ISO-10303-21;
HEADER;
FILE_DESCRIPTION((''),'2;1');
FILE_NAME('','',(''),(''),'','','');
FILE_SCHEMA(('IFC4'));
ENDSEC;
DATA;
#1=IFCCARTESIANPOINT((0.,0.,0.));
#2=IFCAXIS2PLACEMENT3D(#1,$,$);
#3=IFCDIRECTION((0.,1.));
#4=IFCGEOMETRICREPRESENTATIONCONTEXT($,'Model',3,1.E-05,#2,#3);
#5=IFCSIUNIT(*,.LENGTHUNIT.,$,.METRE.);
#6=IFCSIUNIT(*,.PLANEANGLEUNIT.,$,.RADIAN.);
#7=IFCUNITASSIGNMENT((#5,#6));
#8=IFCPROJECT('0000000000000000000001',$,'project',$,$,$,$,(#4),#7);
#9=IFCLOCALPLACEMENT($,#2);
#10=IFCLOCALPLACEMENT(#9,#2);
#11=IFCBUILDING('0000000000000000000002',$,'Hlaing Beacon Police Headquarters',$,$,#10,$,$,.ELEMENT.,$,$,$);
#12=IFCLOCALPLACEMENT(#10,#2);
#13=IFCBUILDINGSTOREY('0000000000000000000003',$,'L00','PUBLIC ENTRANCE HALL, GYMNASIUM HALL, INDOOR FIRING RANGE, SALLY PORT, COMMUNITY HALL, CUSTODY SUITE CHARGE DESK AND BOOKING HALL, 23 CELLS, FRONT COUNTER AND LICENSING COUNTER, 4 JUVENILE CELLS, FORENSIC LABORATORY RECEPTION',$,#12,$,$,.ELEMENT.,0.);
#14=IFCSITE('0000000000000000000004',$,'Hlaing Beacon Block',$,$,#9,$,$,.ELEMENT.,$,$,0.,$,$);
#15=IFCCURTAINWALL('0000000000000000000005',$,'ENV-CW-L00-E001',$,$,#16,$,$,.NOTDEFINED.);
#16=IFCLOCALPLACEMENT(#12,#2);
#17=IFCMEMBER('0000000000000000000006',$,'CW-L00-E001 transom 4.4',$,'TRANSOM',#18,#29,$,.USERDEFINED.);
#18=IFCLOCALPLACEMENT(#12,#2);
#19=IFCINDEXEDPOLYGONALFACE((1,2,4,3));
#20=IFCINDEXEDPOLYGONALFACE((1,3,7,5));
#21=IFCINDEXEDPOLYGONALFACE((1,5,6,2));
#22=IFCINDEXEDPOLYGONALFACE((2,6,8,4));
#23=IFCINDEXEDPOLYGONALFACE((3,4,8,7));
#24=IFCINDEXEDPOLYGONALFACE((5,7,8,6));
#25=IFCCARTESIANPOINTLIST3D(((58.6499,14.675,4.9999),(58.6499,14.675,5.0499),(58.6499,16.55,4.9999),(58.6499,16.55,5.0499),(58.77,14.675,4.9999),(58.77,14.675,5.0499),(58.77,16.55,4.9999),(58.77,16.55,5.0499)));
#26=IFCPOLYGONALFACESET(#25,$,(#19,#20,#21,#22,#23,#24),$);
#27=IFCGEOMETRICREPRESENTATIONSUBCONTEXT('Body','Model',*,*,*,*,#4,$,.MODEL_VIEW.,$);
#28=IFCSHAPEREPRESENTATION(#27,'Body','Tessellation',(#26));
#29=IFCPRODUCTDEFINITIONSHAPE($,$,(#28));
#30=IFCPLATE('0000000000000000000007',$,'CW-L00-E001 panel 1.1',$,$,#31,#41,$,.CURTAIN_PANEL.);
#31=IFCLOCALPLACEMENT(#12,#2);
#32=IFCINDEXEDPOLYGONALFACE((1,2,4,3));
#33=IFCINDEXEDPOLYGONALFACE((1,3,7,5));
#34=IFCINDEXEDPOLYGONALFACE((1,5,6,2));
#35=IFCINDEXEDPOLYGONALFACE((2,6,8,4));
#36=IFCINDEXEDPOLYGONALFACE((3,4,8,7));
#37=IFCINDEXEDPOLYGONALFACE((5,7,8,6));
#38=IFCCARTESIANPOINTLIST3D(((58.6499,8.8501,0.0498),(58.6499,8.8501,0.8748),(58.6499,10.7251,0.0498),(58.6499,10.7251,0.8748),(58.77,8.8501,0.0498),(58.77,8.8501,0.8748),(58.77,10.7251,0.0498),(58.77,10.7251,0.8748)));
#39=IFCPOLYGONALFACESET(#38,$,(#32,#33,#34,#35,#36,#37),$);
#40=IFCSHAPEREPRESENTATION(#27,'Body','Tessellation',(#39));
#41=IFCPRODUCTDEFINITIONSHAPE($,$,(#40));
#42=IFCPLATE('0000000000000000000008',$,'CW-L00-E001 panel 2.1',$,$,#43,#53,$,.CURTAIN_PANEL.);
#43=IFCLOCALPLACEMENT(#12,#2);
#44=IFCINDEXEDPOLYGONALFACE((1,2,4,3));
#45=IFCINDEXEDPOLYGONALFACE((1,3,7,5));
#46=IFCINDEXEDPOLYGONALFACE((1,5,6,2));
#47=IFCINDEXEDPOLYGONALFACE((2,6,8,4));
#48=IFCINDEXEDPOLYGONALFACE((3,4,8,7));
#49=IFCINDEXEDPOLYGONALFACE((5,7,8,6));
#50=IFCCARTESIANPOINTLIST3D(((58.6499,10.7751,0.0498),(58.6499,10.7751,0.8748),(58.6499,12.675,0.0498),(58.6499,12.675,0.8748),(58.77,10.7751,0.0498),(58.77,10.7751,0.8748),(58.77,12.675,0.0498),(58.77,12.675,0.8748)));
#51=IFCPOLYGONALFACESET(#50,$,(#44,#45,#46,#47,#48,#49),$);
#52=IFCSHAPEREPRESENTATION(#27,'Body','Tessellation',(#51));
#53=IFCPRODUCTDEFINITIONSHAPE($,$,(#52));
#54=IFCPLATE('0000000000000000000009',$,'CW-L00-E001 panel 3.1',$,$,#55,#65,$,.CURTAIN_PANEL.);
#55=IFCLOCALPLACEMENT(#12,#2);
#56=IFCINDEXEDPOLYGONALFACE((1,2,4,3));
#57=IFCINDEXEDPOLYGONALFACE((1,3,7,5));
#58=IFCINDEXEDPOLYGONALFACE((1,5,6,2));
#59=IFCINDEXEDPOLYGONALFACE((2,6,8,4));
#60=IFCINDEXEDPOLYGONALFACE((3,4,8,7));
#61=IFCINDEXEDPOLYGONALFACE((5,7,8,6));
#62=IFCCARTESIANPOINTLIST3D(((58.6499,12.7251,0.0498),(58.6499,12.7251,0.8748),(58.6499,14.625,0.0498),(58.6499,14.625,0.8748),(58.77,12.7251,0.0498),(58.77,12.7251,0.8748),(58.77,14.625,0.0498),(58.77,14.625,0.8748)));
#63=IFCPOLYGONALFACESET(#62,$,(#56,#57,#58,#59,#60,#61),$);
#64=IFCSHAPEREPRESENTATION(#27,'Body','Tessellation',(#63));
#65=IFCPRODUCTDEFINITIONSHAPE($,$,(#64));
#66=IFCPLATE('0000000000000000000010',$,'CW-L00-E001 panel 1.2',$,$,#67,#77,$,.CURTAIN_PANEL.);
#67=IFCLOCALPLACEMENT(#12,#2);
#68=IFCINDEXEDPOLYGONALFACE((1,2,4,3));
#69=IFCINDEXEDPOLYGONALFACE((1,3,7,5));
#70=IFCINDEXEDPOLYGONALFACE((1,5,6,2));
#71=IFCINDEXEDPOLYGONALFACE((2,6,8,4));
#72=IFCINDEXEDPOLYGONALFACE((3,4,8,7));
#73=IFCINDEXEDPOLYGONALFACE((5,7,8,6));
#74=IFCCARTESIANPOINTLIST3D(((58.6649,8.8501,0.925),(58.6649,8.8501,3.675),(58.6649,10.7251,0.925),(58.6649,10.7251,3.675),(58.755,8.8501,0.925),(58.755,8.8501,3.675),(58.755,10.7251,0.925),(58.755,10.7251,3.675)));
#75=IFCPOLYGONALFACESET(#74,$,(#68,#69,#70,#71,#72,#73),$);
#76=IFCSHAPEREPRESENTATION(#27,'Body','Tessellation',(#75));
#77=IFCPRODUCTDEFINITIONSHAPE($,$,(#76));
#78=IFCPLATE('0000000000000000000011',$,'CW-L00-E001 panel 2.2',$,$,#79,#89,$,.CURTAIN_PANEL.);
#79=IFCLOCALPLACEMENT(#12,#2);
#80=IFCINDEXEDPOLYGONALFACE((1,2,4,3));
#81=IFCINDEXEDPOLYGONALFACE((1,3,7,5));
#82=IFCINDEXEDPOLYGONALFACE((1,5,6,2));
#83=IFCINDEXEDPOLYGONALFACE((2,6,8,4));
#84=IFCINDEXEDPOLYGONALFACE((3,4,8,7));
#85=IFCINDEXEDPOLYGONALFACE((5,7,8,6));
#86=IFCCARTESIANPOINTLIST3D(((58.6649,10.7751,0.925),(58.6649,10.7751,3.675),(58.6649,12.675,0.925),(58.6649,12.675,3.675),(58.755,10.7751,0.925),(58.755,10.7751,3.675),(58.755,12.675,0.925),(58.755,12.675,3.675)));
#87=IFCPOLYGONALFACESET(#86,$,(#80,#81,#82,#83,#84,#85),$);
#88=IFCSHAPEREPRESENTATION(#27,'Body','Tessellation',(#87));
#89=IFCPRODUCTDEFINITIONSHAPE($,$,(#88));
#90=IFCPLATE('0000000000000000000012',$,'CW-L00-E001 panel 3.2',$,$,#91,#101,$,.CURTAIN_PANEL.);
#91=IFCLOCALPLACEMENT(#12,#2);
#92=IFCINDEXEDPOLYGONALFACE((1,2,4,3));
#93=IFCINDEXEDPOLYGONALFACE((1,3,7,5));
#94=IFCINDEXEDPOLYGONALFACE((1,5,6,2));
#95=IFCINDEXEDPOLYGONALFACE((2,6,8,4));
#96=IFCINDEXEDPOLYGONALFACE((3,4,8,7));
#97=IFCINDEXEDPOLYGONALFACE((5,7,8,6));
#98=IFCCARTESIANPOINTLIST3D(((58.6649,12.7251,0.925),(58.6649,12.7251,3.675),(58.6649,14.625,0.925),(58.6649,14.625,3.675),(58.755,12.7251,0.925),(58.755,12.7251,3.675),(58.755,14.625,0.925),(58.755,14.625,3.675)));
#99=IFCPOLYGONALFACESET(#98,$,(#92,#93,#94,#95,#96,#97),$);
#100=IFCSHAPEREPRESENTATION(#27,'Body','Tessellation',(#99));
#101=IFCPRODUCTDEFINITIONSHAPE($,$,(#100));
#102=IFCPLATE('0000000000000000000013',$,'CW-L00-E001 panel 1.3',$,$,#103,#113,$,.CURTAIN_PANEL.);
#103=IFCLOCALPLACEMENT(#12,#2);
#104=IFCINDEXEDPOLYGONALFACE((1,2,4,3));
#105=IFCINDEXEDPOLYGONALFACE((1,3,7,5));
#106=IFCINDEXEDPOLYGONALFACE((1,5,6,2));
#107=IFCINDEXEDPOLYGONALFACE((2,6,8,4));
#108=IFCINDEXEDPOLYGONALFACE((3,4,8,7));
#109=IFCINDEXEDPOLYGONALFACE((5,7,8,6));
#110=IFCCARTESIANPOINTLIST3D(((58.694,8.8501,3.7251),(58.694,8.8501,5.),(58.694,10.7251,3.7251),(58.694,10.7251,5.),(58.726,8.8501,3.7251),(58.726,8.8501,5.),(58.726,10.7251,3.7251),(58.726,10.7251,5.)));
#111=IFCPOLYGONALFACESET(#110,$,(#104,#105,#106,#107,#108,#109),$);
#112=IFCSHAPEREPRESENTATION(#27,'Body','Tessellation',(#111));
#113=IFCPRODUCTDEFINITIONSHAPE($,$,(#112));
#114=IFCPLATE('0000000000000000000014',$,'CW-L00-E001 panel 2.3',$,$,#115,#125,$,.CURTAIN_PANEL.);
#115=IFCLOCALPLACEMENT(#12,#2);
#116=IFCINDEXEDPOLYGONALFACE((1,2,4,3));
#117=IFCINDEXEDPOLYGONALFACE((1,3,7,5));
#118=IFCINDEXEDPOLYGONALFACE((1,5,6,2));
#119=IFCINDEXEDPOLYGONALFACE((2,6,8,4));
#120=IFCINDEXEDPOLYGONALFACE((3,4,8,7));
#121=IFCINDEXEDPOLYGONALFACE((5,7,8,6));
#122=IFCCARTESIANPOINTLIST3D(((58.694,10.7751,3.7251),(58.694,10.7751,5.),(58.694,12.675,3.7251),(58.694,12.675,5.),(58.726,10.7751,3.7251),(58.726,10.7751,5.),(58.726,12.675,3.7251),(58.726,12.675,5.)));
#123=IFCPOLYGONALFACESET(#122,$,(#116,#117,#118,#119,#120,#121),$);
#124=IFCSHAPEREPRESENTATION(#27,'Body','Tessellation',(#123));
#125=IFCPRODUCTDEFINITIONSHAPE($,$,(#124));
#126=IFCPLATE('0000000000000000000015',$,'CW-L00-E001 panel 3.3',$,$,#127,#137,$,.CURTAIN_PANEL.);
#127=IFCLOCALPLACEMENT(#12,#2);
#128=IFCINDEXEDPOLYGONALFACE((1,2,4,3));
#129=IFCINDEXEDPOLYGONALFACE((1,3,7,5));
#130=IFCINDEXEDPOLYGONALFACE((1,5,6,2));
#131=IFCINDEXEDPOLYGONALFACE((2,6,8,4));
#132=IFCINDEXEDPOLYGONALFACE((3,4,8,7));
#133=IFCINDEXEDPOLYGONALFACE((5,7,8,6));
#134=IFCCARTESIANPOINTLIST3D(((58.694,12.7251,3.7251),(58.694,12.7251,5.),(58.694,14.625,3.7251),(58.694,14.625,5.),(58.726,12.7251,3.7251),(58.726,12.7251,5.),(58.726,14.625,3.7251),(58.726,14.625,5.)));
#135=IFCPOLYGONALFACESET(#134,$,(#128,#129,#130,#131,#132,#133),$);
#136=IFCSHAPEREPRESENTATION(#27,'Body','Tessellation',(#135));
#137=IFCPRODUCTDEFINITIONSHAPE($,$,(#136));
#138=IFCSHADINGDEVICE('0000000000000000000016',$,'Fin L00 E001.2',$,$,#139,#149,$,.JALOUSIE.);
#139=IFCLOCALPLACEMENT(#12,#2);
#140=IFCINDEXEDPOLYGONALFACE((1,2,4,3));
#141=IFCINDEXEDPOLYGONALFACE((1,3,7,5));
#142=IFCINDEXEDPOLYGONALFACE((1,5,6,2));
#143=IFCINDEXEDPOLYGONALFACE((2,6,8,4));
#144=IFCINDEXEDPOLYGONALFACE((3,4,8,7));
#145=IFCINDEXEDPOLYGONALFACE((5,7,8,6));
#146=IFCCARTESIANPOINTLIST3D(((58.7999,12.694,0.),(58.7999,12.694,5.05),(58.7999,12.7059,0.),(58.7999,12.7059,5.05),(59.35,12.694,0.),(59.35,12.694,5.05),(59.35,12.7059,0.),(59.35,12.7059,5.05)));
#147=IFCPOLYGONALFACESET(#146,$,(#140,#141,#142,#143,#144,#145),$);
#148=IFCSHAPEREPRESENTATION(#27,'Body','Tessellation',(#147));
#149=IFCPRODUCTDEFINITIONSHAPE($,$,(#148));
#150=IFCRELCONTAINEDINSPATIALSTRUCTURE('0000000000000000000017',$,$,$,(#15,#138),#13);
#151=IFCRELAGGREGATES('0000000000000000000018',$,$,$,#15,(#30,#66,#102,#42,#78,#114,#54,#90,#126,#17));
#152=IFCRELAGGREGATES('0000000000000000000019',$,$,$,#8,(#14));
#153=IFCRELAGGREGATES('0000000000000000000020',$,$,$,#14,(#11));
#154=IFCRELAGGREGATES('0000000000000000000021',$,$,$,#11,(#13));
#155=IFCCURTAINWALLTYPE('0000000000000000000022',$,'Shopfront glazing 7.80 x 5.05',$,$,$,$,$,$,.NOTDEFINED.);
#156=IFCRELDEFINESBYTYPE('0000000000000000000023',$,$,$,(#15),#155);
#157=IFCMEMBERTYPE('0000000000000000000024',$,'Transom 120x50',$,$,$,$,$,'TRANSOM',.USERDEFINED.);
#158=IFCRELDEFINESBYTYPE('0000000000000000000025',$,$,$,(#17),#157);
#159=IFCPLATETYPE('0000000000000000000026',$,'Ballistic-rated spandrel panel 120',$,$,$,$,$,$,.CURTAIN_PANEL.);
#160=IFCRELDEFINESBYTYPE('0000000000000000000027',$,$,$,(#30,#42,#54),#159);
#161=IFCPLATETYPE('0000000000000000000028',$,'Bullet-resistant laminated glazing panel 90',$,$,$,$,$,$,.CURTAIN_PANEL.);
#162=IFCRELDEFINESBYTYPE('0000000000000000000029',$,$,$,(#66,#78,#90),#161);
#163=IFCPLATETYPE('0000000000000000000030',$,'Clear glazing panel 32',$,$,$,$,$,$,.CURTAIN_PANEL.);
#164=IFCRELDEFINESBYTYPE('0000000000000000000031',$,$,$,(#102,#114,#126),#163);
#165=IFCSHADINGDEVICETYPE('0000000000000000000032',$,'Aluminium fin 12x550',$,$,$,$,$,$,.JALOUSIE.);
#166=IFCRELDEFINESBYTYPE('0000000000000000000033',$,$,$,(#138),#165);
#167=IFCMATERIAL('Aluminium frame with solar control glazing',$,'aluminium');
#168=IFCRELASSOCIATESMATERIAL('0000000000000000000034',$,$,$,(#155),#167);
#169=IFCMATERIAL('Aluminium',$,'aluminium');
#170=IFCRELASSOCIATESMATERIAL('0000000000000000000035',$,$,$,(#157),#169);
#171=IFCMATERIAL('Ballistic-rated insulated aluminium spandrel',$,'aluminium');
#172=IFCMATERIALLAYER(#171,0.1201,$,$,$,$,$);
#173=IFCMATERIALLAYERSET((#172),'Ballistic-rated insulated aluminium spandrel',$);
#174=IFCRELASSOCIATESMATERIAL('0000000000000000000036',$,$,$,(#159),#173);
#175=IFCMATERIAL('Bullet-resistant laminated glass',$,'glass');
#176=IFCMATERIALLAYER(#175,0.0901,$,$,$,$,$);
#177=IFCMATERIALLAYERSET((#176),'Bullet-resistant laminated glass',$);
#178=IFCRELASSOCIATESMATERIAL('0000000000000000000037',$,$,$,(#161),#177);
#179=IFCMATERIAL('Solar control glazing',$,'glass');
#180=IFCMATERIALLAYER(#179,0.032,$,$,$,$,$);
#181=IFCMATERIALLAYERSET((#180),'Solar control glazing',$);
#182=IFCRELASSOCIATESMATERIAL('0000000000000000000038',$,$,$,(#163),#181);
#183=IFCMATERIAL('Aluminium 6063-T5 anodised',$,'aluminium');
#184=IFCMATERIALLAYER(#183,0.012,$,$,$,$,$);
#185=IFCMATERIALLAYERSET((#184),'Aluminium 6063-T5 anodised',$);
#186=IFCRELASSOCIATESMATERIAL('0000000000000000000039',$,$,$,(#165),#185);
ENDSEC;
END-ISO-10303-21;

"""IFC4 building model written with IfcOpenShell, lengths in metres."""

from ifc_helpers import new_model, si_unit, direction, frame, origin, origin_2d, place, context, subcontext, project, spatial, rectangle, extrude, material, layer, layer_set, material_profile, profile_set, type_object, element, aggregate, save


model = new_model("IFC4")

# Units and contexts
model_context = context("Model", 3, precision=1e-05, world=origin(), true_north=direction((0.0, 1.0)))
body_context = subcontext(model_context, "Body", "Model", "MODEL_VIEW")
ifc_project = project(units=[si_unit("LENGTHUNIT", "METRE"), si_unit("PLANEANGLEUNIT", "RADIAN")], contexts=[model_context])

# Site, building, storey
site_placement = place(None, origin())
site = spatial("IfcSite", under=ifc_project, at=site_placement, Name="Hlaing Beacon Block", CompositionType="ELEMENT", RefElevation=0.0)
building_placement = place(site_placement, origin())
building = spatial("IfcBuilding", under=site, at=building_placement, Name="Hlaing Beacon Police Headquarters", CompositionType="ELEMENT")
storey_placement = place(building_placement, origin())
storey = spatial("IfcBuildingStorey", under=building, at=storey_placement, Name="L00", Description="PUBLIC ENTRANCE HALL, GYMNASIUM HALL, INDOOR FIRING RANGE, SALLY PORT, COMMUNITY HALL, CUSTODY SUITE CHARGE DESK AND BOOKING HALL, 23 CELLS, FRONT COUNTER AND LICENSING COUNTER, 4 JUVENILE CELLS, FORENSIC LABORATORY RECEPTION", CompositionType="ELEMENT", Elevation=0.0)

# Curtain wall, member, plates
ifc_material_1 = material(Name="Aluminium frame with solar control glazing", Category="aluminium")
curtain_wall_type = type_object("IfcCurtainWallType", Name="Shopfront glazing 7.80 x 5.05", PredefinedType="NOTDEFINED", material=ifc_material_1)
curtain_wall_placement = place(storey_placement, origin())
curtain_wall = element("IfcCurtainWall", 1, at=curtain_wall_placement, inside=storey, type_object=curtain_wall_type, Name="ENV-CW-L00-E001", PredefinedType="NOTDEFINED")
ifc_material_2 = material(Name="Aluminium", Category="aluminium")
ifc_material_profile_1 = material_profile(ifc_material_2, rectangle(XDim=0.1201, YDim=0.05, at=origin_2d()), Name="Transom 120x50")
ifc_profile_set_1 = profile_set([ifc_material_profile_1], Name="Aluminium")
member_type_1 = type_object("IfcMemberType", Name="Transom 120x50", ElementType="TRANSOM", PredefinedType="USERDEFINED", material=ifc_profile_set_1)
member_1_placement = place(storey_placement, frame((58.71, 14.675, 5.0249), z_axis=(0.0, 1.0, 0.0), x_axis=(-1.0, 0.0, 0.0)))
member_1 = element("IfcMember", 2, at=member_1_placement, type_object=member_type_1, Name="CW-L00-E001 transom 4.4", ObjectType="TRANSOM", PredefinedType="USERDEFINED", context=body_context, shape_type="SweptSolid", body=[
    extrude(rectangle(XDim=0.1201, YDim=0.05, at=origin_2d()), origin(), (0.0, 0.0, 1.0), 1.875),
])
ifc_material_3 = material(Name="Ballistic-rated insulated aluminium spandrel", Category="aluminium")
ifc_layer_1 = layer(ifc_material_3, 0.1201)
ifc_layer_set_1 = layer_set([ifc_layer_1], Name="Ballistic-rated insulated aluminium spandrel")
plate_type_1 = type_object("IfcPlateType", Name="Ballistic-rated spandrel panel 120", PredefinedType="CURTAIN_PANEL", material=ifc_layer_set_1)
plate_1_placement = place(storey_placement, frame((58.71, 9.7876, 0.0498), z_axis=(0.0, 0.0, 1.0), x_axis=(0.0, 1.0, 0.0)))
plate_1 = element("IfcPlate", 3, at=plate_1_placement, type_object=plate_type_1, Name="CW-L00-E001 panel 1.1", PredefinedType="CURTAIN_PANEL", context=body_context, shape_type="SweptSolid", body=[
    extrude(rectangle(XDim=1.875, YDim=0.1201, at=origin_2d()), origin(), (0.0, 0.0, 1.0), 0.825),
])
plate_2_placement = place(storey_placement, frame((58.71, 11.7251, 0.0498), z_axis=(0.0, 0.0, 1.0), x_axis=(0.0, 1.0, 0.0)))
plate_2 = element("IfcPlate", 4, at=plate_2_placement, type_object=plate_type_1, Name="CW-L00-E001 panel 2.1", PredefinedType="CURTAIN_PANEL", context=body_context, shape_type="SweptSolid", body=[
    extrude(rectangle(XDim=1.8999, YDim=0.1201, at=origin_2d()), origin(), (0.0, 0.0, 1.0), 0.825),
])
plate_3_placement = place(storey_placement, frame((58.71, 13.675, 0.0498), z_axis=(0.0, 0.0, 1.0), x_axis=(0.0, 1.0, 0.0)))
plate_3 = element("IfcPlate", 5, at=plate_3_placement, type_object=plate_type_1, Name="CW-L00-E001 panel 3.1", PredefinedType="CURTAIN_PANEL", context=body_context, shape_type="SweptSolid", body=[
    extrude(rectangle(XDim=1.8999, YDim=0.1201, at=origin_2d()), origin(), (0.0, 0.0, 1.0), 0.825),
])
ifc_material_4 = material(Name="Bullet-resistant laminated glass", Category="glass")
ifc_layer_2 = layer(ifc_material_4, 0.0901)
ifc_layer_set_2 = layer_set([ifc_layer_2], Name="Bullet-resistant laminated glass")
plate_type_2 = type_object("IfcPlateType", Name="Bullet-resistant laminated glazing panel 90", PredefinedType="CURTAIN_PANEL", material=ifc_layer_set_2)
plate_4_placement = place(storey_placement, frame((58.71, 9.7876, 0.925), z_axis=(0.0, 0.0, 1.0), x_axis=(0.0, 1.0, 0.0)))
plate_4 = element("IfcPlate", 6, at=plate_4_placement, type_object=plate_type_2, Name="CW-L00-E001 panel 1.2", PredefinedType="CURTAIN_PANEL", context=body_context, shape_type="SweptSolid", body=[
    extrude(rectangle(XDim=1.875, YDim=0.0901, at=origin_2d()), origin(), (0.0, 0.0, 1.0), 2.75),
])
plate_5_placement = place(storey_placement, frame((58.71, 11.7251, 0.925), z_axis=(0.0, 0.0, 1.0), x_axis=(0.0, 1.0, 0.0)))
plate_5 = element("IfcPlate", 7, at=plate_5_placement, type_object=plate_type_2, Name="CW-L00-E001 panel 2.2", PredefinedType="CURTAIN_PANEL", context=body_context, shape_type="SweptSolid", body=[
    extrude(rectangle(XDim=1.8999, YDim=0.0901, at=origin_2d()), origin(), (0.0, 0.0, 1.0), 2.75),
])
plate_6_placement = place(storey_placement, frame((58.71, 13.675, 0.925), z_axis=(0.0, 0.0, 1.0), x_axis=(0.0, 1.0, 0.0)))
plate_6 = element("IfcPlate", 8, at=plate_6_placement, type_object=plate_type_2, Name="CW-L00-E001 panel 3.2", PredefinedType="CURTAIN_PANEL", context=body_context, shape_type="SweptSolid", body=[
    extrude(rectangle(XDim=1.8999, YDim=0.0901, at=origin_2d()), origin(), (0.0, 0.0, 1.0), 2.75),
])
ifc_material_5 = material(Name="Solar control glazing", Category="glass")
ifc_layer_3 = layer(ifc_material_5, 0.032)
ifc_layer_set_3 = layer_set([ifc_layer_3], Name="Solar control glazing")
plate_type_3 = type_object("IfcPlateType", Name="Clear glazing panel 32", PredefinedType="CURTAIN_PANEL", material=ifc_layer_set_3)
plate_7_placement = place(storey_placement, frame((58.71, 9.7876, 3.7251), z_axis=(0.0, 0.0, 1.0), x_axis=(0.0, 1.0, 0.0)))
plate_7 = element("IfcPlate", 9, at=plate_7_placement, type_object=plate_type_3, Name="CW-L00-E001 panel 1.3", PredefinedType="CURTAIN_PANEL", context=body_context, shape_type="SweptSolid", body=[
    extrude(rectangle(XDim=1.875, YDim=0.032, at=origin_2d()), origin(), (0.0, 0.0, 1.0), 1.2749),
])
plate_8_placement = place(storey_placement, frame((58.71, 11.7251, 3.7251), z_axis=(0.0, 0.0, 1.0), x_axis=(0.0, 1.0, 0.0)))
plate_8 = element("IfcPlate", 10, at=plate_8_placement, type_object=plate_type_3, Name="CW-L00-E001 panel 2.3", PredefinedType="CURTAIN_PANEL", context=body_context, shape_type="SweptSolid", body=[
    extrude(rectangle(XDim=1.8999, YDim=0.032, at=origin_2d()), origin(), (0.0, 0.0, 1.0), 1.2749),
])
plate_9_placement = place(storey_placement, frame((58.71, 13.675, 3.7251), z_axis=(0.0, 0.0, 1.0), x_axis=(0.0, 1.0, 0.0)))
plate_9 = element("IfcPlate", 11, at=plate_9_placement, type_object=plate_type_3, Name="CW-L00-E001 panel 3.3", PredefinedType="CURTAIN_PANEL", context=body_context, shape_type="SweptSolid", body=[
    extrude(rectangle(XDim=1.8999, YDim=0.032, at=origin_2d()), origin(), (0.0, 0.0, 1.0), 1.2749),
])
aggregate(curtain_wall, [plate_1, plate_4, plate_7, plate_2, plate_5, plate_8, plate_3, plate_6, plate_9, member_1])

# Shading device
ifc_material_6 = material(Name="Aluminium 6063-T5 anodised", Category="aluminium")
ifc_layer_4 = layer(ifc_material_6, 0.012)
ifc_layer_set_4 = layer_set([ifc_layer_4], Name="Aluminium 6063-T5 anodised")
shading_device_type = type_object("IfcShadingDeviceType", Name="Aluminium fin 12x550", PredefinedType="JALOUSIE", material=ifc_layer_set_4)
shading_device_placement = place(storey_placement, frame((59.075, 12.7, 0.0), z_axis=(0.0, 0.0, 1.0), x_axis=(0.0, 1.0, 0.0)))
element("IfcShadingDevice", 12, at=shading_device_placement, inside=storey, type_object=shading_device_type, Name="Fin L00 E001.2", PredefinedType="JALOUSIE", context=body_context, shape_type="SweptSolid", body=[
    extrude(rectangle(XDim=0.012, YDim=0.55, at=origin_2d()), origin(), (0.0, 0.0, 1.0), 5.05),
])

save(model, "model.ifc")
